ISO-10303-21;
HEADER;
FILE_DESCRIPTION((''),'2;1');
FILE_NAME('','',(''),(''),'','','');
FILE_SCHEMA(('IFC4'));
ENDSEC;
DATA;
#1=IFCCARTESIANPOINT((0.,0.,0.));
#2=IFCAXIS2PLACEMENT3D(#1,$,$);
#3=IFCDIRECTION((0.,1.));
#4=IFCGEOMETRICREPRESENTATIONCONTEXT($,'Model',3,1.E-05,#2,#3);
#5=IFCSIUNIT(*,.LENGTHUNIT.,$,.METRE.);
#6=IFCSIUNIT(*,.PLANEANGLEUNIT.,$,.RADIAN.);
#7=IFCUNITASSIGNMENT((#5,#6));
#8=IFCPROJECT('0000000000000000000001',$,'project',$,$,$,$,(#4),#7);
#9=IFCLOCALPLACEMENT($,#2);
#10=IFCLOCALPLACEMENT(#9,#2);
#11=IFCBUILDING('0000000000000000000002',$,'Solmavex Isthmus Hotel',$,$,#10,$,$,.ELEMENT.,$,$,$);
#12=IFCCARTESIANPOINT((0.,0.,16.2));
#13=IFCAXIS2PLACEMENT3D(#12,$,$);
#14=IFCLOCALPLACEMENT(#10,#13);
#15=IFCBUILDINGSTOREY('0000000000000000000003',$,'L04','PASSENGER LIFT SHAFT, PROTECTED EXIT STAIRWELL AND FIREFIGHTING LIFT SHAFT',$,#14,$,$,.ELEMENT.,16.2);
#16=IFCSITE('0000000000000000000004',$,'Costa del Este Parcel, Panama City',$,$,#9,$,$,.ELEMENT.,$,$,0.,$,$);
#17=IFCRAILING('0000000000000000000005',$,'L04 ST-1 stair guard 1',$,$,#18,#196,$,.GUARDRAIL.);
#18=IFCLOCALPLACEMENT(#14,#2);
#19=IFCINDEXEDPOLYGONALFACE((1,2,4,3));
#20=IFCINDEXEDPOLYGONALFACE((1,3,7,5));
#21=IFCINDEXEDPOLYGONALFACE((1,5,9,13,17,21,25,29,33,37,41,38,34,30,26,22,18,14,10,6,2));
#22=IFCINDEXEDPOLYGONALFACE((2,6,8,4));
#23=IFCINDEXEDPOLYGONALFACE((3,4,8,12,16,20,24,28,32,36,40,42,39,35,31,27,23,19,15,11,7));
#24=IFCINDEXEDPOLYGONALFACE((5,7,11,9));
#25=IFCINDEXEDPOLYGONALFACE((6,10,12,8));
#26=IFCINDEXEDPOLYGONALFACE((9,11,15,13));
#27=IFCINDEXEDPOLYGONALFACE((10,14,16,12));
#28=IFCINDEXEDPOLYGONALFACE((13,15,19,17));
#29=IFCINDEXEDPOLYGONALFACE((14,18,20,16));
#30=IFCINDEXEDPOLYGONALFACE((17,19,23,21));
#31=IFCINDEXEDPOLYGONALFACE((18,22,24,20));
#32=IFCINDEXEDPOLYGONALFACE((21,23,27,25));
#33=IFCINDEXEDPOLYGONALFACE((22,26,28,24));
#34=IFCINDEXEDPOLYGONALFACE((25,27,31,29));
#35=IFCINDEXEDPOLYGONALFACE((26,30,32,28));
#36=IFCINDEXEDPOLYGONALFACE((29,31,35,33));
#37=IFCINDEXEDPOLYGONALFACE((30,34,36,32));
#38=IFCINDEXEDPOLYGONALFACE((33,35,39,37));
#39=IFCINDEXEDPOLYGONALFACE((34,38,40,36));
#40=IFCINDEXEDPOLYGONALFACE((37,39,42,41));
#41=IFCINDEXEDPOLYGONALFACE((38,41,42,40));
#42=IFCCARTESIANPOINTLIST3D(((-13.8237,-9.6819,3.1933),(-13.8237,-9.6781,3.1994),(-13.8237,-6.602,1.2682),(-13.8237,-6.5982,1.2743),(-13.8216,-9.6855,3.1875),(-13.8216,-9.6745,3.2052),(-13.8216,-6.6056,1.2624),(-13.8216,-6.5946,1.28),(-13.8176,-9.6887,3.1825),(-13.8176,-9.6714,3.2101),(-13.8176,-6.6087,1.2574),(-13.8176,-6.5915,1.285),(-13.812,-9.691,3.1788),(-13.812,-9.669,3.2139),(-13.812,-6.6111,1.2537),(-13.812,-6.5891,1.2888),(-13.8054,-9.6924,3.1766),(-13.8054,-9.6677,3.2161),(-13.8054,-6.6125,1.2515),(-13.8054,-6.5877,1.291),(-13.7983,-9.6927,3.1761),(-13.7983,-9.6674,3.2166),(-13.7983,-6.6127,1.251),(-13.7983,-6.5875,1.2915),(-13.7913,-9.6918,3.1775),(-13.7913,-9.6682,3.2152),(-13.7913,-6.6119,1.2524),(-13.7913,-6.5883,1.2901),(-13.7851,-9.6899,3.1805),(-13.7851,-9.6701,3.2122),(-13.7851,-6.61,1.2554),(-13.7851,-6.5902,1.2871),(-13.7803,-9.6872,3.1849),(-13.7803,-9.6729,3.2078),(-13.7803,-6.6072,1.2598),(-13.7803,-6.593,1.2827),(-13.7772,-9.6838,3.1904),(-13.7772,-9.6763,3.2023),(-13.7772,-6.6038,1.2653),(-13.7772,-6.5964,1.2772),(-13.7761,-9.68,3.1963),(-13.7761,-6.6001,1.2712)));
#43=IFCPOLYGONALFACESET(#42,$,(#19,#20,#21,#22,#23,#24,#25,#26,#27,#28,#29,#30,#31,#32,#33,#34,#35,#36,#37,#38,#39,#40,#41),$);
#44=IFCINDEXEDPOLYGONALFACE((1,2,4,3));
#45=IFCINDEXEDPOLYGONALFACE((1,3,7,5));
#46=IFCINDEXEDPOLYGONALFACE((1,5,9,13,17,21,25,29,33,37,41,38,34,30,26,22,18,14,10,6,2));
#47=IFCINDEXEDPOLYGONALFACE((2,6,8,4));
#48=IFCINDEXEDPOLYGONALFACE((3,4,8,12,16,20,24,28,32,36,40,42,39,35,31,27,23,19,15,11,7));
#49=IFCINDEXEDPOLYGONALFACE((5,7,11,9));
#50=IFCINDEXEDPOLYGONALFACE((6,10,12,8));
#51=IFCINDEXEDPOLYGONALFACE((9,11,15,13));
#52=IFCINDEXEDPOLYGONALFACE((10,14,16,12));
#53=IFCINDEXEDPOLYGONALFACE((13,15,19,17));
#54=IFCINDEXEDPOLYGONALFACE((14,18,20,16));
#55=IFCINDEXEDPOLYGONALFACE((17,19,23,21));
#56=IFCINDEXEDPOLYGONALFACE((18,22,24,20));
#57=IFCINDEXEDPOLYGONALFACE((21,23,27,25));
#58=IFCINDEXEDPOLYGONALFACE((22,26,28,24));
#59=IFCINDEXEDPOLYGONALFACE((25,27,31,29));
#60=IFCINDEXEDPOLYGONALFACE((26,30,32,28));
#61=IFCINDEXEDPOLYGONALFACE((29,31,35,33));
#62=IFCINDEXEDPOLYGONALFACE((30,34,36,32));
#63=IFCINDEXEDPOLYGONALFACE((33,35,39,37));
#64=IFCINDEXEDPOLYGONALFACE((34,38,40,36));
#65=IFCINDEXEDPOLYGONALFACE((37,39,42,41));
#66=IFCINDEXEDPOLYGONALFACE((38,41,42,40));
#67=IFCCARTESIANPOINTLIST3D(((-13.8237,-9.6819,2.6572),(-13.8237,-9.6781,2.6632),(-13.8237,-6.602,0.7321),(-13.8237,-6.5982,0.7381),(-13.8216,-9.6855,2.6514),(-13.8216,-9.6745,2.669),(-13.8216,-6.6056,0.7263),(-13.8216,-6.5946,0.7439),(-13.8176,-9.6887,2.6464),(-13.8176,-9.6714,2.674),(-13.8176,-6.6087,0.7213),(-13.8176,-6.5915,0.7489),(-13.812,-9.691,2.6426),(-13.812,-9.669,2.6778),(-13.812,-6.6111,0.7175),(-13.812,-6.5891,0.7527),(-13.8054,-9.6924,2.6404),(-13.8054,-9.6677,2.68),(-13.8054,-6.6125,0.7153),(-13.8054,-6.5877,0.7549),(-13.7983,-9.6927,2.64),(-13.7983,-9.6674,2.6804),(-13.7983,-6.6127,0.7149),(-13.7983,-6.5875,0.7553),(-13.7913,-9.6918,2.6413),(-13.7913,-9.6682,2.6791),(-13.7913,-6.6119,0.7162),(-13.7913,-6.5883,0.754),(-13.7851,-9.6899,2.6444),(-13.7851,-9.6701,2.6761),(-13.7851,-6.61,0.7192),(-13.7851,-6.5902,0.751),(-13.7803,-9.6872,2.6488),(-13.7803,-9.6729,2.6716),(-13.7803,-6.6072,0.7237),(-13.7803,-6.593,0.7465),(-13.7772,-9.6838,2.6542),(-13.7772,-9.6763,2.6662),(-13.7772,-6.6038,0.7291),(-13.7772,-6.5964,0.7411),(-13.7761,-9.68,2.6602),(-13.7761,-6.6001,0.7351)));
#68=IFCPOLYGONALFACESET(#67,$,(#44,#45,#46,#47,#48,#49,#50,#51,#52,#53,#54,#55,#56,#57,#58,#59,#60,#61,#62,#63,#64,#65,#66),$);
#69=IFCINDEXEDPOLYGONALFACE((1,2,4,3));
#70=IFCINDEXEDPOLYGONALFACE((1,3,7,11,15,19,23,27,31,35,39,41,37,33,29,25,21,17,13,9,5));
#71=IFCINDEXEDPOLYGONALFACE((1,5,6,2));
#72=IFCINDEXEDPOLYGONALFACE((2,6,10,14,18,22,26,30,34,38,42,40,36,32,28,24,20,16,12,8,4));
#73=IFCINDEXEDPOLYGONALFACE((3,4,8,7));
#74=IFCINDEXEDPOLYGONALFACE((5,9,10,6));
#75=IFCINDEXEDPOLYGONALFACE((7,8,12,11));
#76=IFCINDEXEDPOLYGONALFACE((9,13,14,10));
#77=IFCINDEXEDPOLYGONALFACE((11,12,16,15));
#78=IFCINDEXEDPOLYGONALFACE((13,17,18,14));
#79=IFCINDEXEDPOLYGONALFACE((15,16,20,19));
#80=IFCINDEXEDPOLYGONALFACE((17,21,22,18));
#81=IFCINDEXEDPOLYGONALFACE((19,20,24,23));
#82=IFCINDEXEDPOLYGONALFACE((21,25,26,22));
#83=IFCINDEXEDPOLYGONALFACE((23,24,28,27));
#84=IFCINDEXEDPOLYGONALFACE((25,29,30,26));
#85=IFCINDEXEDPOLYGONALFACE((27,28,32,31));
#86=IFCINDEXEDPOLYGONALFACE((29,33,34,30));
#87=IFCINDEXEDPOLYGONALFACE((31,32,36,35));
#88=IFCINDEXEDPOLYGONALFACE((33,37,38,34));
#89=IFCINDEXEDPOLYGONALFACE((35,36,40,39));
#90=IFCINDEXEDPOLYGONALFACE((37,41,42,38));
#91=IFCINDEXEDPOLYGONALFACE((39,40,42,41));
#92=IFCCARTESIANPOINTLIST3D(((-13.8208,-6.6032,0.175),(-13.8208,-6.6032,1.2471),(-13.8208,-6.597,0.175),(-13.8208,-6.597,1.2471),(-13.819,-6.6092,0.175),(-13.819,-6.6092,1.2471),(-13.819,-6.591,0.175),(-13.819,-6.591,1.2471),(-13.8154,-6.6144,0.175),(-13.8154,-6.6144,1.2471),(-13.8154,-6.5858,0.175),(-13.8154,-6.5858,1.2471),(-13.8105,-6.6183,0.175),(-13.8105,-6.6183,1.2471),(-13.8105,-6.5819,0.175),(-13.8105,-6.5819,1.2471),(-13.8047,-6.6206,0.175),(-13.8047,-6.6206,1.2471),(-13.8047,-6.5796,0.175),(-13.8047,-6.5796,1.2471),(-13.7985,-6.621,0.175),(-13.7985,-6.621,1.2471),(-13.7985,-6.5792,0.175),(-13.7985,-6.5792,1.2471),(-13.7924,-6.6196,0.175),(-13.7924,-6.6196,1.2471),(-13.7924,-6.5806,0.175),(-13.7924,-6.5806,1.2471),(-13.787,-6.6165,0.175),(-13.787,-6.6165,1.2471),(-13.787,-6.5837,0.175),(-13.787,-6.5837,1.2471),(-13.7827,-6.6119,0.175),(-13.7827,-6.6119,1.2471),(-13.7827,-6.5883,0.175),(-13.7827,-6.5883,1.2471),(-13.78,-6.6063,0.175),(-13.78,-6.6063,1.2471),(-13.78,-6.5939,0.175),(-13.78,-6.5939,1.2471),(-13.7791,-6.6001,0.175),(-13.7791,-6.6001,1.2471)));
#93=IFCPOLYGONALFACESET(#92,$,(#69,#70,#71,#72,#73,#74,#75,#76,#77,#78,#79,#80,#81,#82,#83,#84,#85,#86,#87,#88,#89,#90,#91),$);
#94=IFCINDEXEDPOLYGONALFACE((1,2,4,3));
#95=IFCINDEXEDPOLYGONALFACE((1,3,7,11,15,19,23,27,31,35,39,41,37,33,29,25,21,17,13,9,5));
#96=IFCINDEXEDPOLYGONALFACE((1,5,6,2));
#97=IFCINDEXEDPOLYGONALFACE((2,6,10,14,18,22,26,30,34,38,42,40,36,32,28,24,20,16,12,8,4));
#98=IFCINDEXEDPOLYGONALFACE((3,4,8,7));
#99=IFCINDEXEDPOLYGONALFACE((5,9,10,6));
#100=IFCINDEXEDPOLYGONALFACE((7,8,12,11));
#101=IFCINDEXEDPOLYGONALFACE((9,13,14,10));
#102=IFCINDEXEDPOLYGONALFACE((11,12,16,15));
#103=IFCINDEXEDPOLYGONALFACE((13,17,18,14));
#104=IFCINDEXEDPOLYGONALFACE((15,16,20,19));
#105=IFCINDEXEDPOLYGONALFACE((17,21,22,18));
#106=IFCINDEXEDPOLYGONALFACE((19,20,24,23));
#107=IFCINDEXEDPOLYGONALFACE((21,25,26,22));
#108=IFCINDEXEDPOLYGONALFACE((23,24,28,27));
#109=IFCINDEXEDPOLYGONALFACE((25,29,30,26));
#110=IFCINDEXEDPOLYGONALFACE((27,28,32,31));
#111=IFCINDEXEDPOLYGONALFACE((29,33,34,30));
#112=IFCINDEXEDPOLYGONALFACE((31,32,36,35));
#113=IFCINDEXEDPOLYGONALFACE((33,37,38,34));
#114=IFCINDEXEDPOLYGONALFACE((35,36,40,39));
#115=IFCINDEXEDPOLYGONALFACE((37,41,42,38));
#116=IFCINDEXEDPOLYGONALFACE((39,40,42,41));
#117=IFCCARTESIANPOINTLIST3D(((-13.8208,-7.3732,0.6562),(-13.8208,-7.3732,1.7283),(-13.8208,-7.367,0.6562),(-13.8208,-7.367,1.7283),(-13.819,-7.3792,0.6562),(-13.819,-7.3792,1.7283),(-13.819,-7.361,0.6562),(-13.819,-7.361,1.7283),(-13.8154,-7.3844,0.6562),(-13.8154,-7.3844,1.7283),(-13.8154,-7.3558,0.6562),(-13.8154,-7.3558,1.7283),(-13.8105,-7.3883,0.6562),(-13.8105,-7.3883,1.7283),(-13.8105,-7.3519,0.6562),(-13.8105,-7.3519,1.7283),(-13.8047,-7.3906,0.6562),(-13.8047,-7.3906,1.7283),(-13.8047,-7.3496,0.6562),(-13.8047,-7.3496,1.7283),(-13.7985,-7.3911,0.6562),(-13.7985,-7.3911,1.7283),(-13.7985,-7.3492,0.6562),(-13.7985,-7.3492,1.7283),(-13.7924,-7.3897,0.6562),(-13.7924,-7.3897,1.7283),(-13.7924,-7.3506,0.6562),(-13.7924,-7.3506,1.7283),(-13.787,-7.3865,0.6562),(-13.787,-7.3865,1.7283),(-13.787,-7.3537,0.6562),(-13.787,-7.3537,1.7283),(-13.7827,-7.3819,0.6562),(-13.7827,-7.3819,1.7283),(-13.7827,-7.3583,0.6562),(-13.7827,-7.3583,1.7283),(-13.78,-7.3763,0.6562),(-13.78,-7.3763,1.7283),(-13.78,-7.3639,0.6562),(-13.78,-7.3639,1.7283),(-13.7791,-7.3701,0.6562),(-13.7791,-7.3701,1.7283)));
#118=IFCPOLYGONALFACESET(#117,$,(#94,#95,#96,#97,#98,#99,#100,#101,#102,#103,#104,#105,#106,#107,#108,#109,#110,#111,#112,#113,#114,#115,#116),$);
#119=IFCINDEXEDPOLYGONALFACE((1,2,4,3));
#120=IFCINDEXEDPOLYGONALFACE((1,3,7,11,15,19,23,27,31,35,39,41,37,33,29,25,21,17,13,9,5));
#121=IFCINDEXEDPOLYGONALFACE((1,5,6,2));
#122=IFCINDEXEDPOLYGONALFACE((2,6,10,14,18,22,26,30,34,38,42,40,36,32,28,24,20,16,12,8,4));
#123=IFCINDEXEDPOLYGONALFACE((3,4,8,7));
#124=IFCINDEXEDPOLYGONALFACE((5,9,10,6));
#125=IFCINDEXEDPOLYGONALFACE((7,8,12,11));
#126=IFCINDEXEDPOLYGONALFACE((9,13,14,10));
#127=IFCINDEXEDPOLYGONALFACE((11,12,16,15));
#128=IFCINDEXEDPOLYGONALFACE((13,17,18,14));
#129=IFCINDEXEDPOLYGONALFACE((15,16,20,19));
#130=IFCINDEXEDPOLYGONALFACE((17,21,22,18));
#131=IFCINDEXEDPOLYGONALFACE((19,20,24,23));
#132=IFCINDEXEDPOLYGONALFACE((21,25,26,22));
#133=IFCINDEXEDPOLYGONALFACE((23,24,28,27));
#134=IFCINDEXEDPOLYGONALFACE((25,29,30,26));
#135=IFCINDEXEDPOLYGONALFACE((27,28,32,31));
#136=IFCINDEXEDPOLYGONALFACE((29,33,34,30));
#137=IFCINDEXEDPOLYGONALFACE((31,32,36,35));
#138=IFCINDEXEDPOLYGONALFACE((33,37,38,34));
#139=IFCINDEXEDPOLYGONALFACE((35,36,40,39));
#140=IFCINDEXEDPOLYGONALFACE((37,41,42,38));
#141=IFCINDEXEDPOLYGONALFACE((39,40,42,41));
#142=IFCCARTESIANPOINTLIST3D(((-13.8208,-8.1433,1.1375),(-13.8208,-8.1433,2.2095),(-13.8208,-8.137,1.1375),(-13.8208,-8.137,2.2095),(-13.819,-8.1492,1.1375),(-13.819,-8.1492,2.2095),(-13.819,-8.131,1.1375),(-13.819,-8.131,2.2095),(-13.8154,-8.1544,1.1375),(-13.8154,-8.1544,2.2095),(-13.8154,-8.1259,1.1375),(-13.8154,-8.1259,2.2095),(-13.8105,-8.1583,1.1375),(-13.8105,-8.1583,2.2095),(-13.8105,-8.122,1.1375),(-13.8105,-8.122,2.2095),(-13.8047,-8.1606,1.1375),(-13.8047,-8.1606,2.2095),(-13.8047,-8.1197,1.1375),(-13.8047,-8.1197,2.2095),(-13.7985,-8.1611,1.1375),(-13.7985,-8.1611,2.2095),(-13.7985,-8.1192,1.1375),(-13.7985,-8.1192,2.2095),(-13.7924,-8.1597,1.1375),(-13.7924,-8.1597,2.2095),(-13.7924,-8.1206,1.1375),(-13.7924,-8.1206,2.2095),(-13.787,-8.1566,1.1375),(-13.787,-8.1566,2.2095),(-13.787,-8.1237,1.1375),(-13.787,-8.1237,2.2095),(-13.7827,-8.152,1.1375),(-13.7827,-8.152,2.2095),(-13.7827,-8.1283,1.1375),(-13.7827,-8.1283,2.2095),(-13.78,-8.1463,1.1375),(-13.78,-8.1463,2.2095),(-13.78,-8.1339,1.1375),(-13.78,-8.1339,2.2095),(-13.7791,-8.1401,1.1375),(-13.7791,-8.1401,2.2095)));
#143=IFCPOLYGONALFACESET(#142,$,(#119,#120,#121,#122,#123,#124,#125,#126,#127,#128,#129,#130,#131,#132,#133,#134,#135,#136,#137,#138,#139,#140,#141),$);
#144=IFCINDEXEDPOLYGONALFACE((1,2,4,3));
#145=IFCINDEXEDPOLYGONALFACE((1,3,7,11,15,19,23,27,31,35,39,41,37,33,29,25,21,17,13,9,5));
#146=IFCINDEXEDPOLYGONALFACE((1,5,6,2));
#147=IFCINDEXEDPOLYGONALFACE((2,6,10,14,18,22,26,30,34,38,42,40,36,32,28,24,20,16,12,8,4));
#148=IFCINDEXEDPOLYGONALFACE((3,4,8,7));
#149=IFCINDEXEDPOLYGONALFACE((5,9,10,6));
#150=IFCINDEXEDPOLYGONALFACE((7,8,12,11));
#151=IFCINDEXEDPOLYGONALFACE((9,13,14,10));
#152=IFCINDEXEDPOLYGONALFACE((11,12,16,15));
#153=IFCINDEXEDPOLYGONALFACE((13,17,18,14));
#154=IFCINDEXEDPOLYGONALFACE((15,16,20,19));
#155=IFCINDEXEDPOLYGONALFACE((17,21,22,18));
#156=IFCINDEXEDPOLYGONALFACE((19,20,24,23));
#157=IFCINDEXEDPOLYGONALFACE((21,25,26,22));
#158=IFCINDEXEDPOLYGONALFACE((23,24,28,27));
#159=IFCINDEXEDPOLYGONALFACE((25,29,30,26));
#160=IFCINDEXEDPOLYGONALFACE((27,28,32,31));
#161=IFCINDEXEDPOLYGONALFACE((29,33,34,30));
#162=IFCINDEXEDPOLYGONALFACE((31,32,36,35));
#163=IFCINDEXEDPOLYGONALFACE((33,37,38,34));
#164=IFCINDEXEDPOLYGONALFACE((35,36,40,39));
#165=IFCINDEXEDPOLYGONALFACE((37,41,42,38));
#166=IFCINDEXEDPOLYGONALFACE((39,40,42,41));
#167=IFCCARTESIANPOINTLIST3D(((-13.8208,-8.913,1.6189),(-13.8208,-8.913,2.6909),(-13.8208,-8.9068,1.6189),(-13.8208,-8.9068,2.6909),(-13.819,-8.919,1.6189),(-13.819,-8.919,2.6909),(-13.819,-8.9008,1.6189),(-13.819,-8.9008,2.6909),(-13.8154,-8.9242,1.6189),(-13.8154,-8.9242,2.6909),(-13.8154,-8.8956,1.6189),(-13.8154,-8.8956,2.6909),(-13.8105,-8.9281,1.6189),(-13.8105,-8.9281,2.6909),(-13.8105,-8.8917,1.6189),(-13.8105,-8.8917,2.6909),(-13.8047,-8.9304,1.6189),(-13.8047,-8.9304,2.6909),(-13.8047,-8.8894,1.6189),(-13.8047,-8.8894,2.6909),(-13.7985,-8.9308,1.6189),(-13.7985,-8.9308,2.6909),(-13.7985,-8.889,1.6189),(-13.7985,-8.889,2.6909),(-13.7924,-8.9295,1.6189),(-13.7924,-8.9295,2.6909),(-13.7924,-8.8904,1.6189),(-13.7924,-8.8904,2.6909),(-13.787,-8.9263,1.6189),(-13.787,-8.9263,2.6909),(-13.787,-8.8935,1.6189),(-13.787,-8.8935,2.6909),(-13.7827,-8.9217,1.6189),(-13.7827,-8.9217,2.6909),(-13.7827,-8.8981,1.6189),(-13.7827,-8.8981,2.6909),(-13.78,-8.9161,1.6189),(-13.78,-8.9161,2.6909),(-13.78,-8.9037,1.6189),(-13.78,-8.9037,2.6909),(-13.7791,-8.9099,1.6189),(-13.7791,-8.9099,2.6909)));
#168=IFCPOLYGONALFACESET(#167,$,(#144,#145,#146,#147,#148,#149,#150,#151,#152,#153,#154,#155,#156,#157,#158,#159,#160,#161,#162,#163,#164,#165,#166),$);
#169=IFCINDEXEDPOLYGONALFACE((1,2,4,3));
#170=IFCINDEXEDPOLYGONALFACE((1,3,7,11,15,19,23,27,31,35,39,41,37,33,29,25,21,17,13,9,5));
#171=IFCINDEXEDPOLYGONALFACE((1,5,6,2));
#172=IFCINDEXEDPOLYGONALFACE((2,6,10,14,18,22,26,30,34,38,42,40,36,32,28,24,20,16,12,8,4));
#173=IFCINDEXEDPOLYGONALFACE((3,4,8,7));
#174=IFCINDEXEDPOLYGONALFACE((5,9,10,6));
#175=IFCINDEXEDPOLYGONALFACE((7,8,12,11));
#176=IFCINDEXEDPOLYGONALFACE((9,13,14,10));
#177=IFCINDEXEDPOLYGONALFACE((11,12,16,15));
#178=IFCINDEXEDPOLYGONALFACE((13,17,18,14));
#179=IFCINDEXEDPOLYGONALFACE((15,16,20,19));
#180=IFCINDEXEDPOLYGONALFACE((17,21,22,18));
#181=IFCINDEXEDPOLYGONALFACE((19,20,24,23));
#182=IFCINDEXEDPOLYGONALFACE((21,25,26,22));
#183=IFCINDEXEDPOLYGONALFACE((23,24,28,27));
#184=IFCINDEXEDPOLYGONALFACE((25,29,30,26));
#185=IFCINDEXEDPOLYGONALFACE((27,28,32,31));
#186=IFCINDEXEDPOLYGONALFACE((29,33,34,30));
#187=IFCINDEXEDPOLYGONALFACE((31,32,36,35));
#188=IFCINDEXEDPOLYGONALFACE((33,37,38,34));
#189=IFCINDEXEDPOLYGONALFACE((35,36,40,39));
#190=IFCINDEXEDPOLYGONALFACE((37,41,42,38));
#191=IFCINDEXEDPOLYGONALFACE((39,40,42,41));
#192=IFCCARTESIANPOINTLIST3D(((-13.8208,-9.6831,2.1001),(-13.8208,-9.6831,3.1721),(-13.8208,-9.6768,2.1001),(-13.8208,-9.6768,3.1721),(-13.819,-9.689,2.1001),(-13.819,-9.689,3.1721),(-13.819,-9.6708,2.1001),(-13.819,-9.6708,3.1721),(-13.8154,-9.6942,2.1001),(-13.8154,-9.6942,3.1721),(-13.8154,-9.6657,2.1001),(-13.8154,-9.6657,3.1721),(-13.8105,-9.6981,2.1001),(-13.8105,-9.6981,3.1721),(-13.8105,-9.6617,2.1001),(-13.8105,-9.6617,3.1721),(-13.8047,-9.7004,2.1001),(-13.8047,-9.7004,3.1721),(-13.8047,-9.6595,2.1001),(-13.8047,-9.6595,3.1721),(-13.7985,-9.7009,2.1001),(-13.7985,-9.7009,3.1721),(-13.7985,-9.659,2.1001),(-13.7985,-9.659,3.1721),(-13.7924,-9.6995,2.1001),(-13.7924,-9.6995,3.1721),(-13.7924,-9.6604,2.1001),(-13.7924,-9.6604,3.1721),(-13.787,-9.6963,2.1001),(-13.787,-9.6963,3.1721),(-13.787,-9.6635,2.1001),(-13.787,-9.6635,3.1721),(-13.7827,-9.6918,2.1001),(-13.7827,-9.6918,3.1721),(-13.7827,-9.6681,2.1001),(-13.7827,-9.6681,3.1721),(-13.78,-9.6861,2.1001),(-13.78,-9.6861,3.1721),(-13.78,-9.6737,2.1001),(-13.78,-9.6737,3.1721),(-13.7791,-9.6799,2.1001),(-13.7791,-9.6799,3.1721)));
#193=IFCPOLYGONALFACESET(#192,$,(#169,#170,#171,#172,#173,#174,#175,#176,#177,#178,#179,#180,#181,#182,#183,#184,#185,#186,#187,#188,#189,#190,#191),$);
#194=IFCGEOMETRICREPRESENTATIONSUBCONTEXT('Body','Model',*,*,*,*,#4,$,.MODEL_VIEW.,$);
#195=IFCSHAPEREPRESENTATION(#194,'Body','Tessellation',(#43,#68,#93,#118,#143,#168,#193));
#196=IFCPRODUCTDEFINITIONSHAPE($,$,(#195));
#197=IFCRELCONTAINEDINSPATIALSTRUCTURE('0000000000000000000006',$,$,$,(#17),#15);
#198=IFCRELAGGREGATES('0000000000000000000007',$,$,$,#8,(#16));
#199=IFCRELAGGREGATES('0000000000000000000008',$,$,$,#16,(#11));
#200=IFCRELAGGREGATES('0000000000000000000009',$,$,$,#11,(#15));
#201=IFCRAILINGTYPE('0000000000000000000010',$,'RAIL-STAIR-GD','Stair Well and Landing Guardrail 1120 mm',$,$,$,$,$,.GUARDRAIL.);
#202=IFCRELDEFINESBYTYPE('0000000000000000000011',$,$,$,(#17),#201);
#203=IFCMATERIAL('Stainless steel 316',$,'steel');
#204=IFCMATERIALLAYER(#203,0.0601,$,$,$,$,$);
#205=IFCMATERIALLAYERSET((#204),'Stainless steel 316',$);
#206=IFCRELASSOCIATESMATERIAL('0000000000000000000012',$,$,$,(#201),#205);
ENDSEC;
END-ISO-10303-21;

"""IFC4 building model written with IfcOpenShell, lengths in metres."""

from ifc_helpers import new_model, si_unit, direction, frame, origin, origin_2d, place, context, subcontext, project, spatial, circle, extrude, material, layer, layer_set, type_object, element, save


model = new_model("IFC4")

# Units and contexts
model_context = context("Model", 3, precision=1e-05, world=origin(), true_north=direction((0.0, 1.0)))
body_context = subcontext(model_context, "Body", "Model", "MODEL_VIEW")
ifc_project = project(units=[si_unit("LENGTHUNIT", "METRE"), si_unit("PLANEANGLEUNIT", "RADIAN")], contexts=[model_context])

# Site, building, storey
site_placement = place(None, origin())
site = spatial("IfcSite", under=ifc_project, at=site_placement, Name="Costa del Este Parcel, Panama City", CompositionType="ELEMENT", RefElevation=0.0)
building_placement = place(site_placement, origin())
building = spatial("IfcBuilding", under=site, at=building_placement, Name="Solmavex Isthmus Hotel", CompositionType="ELEMENT")
storey_placement = place(building_placement, frame((0.0, 0.0, 16.2)))
storey = spatial("IfcBuildingStorey", under=building, at=storey_placement, Name="L04", Description="PASSENGER LIFT SHAFT, PROTECTED EXIT STAIRWELL AND FIREFIGHTING LIFT SHAFT", CompositionType="ELEMENT", Elevation=16.2)

# Shared definitions
ifc_material_1 = material(Name="Stainless steel 316", Category="steel")

# Railing
ifc_layer_1 = layer(ifc_material_1, 0.0601)
ifc_layer_set_1 = layer_set([ifc_layer_1], Name="Stainless steel 316")
railing_type_1 = type_object("IfcRailingType", Name="RAIL-STAIR-GD", Description="Stair Well and Landing Guardrail 1120 mm", PredefinedType="GUARDRAIL", material=ifc_layer_set_1)
railing_1_placement = place(storey_placement, frame((-13.8, -6.6001, 0.175)))
element("IfcRailing", 1, at=railing_1_placement, inside=storey, type_object=railing_type_1, Name="L04 ST-1 stair guard 1", PredefinedType="GUARDRAIL", context=body_context, shape_type="SweptSolid", body=[
    extrude(circle(Radius=0.0239, at=origin_2d()), frame((0.0, 0.0, 1.0962), z_axis=(0.0, -0.847979, 0.530029), x_axis=(1.0, 0.0, 0.0)), (0.0, 0.0, 1.0), 3.6321),
    extrude(circle(Radius=0.0239, at=origin_2d()), frame((0.0, 0.0, 0.5601), z_axis=(0.0, -0.847979, 0.530029), x_axis=(1.0, 0.0, 0.0)), (0.0, 0.0, 1.0), 3.6321),
    extrude(circle(Radius=0.021, at=origin_2d()), origin(), (0.0, 0.0, 1.0), 1.072),
    extrude(circle(Radius=0.021, at=origin_2d()), frame((0.0, -0.77, 0.4812)), (0.0, 0.0, 1.0), 1.072),
    extrude(circle(Radius=0.021, at=origin_2d()), frame((0.0, -1.54, 0.9624)), (0.0, 0.0, 1.0), 1.072),
    extrude(circle(Radius=0.021, at=origin_2d()), frame((0.0, -2.3098, 1.4438)), (0.0, 0.0, 1.0), 1.072),
    extrude(circle(Radius=0.021, at=origin_2d()), frame((0.0, -3.0798, 1.925)), (0.0, 0.0, 1.0), 1.072),
])

save(model, "model.ifc")
